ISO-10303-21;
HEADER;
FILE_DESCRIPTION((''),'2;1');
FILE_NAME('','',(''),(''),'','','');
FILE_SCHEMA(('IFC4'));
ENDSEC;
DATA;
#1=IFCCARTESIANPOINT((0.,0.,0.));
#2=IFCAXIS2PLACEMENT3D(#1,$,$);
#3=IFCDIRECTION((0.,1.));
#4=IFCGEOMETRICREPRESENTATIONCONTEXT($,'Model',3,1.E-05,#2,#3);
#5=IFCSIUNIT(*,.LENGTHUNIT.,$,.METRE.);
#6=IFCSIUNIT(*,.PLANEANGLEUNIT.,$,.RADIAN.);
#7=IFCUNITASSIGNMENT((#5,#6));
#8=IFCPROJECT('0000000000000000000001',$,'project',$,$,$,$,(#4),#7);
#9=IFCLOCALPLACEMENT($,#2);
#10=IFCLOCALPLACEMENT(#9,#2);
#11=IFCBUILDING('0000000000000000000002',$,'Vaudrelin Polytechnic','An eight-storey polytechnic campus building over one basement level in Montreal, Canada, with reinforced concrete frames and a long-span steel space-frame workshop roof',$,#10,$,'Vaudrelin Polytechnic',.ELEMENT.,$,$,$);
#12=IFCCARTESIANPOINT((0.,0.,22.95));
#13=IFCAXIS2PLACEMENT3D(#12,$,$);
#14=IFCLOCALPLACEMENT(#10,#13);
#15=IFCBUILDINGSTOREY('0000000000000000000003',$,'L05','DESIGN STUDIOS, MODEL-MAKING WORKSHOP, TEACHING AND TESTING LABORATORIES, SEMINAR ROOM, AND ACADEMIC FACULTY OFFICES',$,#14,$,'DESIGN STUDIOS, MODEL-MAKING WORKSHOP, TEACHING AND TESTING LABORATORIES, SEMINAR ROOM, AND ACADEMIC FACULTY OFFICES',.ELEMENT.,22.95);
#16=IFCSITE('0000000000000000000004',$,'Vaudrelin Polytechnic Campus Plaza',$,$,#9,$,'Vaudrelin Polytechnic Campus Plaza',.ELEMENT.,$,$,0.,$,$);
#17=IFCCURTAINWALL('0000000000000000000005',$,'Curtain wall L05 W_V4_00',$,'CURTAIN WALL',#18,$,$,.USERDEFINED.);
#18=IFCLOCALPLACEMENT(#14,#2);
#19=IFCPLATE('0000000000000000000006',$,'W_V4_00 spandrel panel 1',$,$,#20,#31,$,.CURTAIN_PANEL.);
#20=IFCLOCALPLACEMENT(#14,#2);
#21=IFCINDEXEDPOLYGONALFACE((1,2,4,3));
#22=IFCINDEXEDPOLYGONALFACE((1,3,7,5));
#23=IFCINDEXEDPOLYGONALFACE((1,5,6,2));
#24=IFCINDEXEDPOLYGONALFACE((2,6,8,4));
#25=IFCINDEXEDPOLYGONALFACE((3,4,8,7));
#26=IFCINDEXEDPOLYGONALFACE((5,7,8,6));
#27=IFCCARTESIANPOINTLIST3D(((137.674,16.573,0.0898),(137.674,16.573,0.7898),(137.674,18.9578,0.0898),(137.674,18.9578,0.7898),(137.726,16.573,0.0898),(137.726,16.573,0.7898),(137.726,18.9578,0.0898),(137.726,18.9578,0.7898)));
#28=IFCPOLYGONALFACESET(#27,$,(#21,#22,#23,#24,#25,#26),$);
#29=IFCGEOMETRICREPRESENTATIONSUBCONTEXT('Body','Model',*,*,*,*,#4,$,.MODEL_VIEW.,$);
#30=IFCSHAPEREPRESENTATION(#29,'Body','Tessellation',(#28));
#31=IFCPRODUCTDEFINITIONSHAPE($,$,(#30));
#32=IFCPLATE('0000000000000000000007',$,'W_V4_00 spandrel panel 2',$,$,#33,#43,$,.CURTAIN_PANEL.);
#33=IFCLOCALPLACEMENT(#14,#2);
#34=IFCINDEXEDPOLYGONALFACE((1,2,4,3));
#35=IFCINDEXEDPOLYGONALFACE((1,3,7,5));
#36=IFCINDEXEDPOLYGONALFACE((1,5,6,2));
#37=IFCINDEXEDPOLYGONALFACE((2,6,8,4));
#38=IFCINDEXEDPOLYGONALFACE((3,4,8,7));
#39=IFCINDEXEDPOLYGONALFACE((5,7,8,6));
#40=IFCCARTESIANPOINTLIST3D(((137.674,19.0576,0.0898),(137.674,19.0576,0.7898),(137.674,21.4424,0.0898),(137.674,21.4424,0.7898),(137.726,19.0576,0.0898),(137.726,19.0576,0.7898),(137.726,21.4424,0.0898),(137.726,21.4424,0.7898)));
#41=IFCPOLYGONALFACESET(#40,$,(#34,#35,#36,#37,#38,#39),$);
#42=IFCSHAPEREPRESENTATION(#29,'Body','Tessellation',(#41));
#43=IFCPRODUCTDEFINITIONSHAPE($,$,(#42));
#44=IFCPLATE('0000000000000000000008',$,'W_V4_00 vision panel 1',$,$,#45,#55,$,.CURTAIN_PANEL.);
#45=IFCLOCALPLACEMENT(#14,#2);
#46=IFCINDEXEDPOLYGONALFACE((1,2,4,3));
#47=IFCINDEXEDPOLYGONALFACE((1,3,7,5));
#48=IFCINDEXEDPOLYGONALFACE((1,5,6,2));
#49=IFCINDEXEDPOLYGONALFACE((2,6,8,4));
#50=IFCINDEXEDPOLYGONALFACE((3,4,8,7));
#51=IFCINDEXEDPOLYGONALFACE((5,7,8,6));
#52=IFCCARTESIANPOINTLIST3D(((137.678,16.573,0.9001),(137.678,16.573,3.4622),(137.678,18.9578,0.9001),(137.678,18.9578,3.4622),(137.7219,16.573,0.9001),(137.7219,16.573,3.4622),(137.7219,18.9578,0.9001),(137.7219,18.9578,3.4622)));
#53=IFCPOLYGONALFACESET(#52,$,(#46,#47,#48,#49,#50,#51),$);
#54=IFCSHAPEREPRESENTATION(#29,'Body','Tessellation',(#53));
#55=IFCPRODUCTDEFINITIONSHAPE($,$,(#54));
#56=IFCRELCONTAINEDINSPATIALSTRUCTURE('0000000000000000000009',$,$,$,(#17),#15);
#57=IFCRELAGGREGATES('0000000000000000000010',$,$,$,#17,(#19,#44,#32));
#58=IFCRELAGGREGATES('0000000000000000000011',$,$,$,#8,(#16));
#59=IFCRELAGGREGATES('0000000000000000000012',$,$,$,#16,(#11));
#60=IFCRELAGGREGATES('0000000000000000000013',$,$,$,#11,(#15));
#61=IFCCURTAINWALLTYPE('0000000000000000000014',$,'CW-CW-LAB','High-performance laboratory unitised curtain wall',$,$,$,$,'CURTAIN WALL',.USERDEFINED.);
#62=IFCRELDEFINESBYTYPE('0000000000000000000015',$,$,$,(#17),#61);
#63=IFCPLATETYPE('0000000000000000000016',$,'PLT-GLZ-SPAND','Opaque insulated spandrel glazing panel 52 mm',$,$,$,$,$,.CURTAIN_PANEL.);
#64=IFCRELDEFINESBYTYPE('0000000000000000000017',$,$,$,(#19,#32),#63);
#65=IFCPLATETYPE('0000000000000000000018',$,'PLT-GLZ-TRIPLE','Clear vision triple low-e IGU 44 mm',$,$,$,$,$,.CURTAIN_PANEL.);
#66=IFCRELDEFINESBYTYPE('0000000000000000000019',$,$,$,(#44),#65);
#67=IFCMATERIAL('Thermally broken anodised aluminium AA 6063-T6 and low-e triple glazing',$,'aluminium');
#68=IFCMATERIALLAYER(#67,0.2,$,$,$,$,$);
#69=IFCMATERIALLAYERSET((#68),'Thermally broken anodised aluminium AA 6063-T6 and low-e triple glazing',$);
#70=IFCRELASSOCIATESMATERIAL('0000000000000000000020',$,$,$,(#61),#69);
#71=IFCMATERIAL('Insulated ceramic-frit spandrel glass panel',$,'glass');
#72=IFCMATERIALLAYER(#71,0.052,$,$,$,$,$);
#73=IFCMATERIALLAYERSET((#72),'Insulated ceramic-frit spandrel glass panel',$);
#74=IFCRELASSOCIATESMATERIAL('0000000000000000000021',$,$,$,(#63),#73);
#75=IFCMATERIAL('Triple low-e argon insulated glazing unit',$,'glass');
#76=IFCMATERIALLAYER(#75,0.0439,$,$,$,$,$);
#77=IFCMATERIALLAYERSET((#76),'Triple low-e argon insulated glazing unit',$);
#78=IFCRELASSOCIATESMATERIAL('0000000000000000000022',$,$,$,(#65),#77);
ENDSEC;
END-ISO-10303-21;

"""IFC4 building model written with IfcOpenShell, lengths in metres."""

from ifc_helpers import new_model, si_unit, direction, frame, origin, origin_2d, place, context, subcontext, project, spatial, rectangle, extrude, material, layer, layer_set, type_object, element, aggregate, save


model = new_model("IFC4")

# Units and contexts
model_context = context("Model", 3, precision=1e-05, world=origin(), true_north=direction((0.0, 1.0)))
body_context = subcontext(model_context, "Body", "Model", "MODEL_VIEW")
ifc_project = project(units=[si_unit("LENGTHUNIT", "METRE"), si_unit("PLANEANGLEUNIT", "RADIAN")], contexts=[model_context])

# Site, building, storey
site_placement = place(None, origin())
site = spatial("IfcSite", under=ifc_project, at=site_placement, Name="Vaudrelin Polytechnic Campus Plaza", LongName="Vaudrelin Polytechnic Campus Plaza", CompositionType="ELEMENT", RefElevation=0.0)
building_placement = place(site_placement, origin())
building = spatial("IfcBuilding", under=site, at=building_placement, Name="Vaudrelin Polytechnic", Description="An eight-storey polytechnic campus building over one basement level in Montreal, Canada, with reinforced concrete frames and a long-span steel space-frame workshop roof", LongName="Vaudrelin Polytechnic", CompositionType="ELEMENT")
storey_placement = place(building_placement, frame((0.0, 0.0, 22.95)))
storey = spatial("IfcBuildingStorey", under=building, at=storey_placement, Name="L05", Description="DESIGN STUDIOS, MODEL-MAKING WORKSHOP, TEACHING AND TESTING LABORATORIES, SEMINAR ROOM, AND ACADEMIC FACULTY OFFICES", LongName="DESIGN STUDIOS, MODEL-MAKING WORKSHOP, TEACHING AND TESTING LABORATORIES, SEMINAR ROOM, AND ACADEMIC FACULTY OFFICES", CompositionType="ELEMENT", Elevation=22.95)

# Curtain wall, plates
ifc_material_1 = material(Name="Thermally broken anodised aluminium AA 6063-T6 and low-e triple glazing", Category="aluminium")
ifc_layer_1 = layer(ifc_material_1, 0.2)
ifc_layer_set_1 = layer_set([ifc_layer_1], Name="Thermally broken anodised aluminium AA 6063-T6 and low-e triple glazing")
curtain_wall_type = type_object("IfcCurtainWallType", Name="CW-CW-LAB", Description="High-performance laboratory unitised curtain wall", ElementType="CURTAIN WALL", PredefinedType="USERDEFINED", material=ifc_layer_set_1)
curtain_wall_placement = place(storey_placement, origin())
curtain_wall = element("IfcCurtainWall", 1, at=curtain_wall_placement, inside=storey, type_object=curtain_wall_type, Name="Curtain wall L05 W_V4_00", ObjectType="CURTAIN WALL", PredefinedType="USERDEFINED")
ifc_material_2 = material(Name="Insulated ceramic-frit spandrel glass panel", Category="glass")
ifc_layer_2 = layer(ifc_material_2, 0.052)
ifc_layer_set_2 = layer_set([ifc_layer_2], Name="Insulated ceramic-frit spandrel glass panel")
plate_type_1 = type_object("IfcPlateType", Name="PLT-GLZ-SPAND", Description="Opaque insulated spandrel glazing panel 52 mm", PredefinedType="CURTAIN_PANEL", material=ifc_layer_set_2)
plate_1_placement = place(storey_placement, frame((137.7, 17.7654, 0.0898), z_axis=(0.0, 0.0, 1.0), x_axis=(0.0, 1.0, 0.0)))
plate_1 = element("IfcPlate", 2, at=plate_1_placement, type_object=plate_type_1, Name="W_V4_00 spandrel panel 1", PredefinedType="CURTAIN_PANEL", context=body_context, shape_type="SweptSolid", body=[
    extrude(rectangle(XDim=2.3848, YDim=0.052, at=origin_2d()), origin(), (0.0, 0.0, 1.0), 0.7),
])
plate_2_placement = place(storey_placement, frame((137.7, 20.25, 0.0898), z_axis=(0.0, 0.0, 1.0), x_axis=(0.0, 1.0, 0.0)))
plate_2 = element("IfcPlate", 3, at=plate_2_placement, type_object=plate_type_1, Name="W_V4_00 spandrel panel 2", PredefinedType="CURTAIN_PANEL", context=body_context, shape_type="SweptSolid", body=[
    extrude(rectangle(XDim=2.3848, YDim=0.052, at=origin_2d()), origin(), (0.0, 0.0, 1.0), 0.7),
])
ifc_material_3 = material(Name="Triple low-e argon insulated glazing unit", Category="glass")
ifc_layer_3 = layer(ifc_material_3, 0.0439)
ifc_layer_set_3 = layer_set([ifc_layer_3], Name="Triple low-e argon insulated glazing unit")
plate_type_2 = type_object("IfcPlateType", Name="PLT-GLZ-TRIPLE", Description="Clear vision triple low-e IGU 44 mm", PredefinedType="CURTAIN_PANEL", material=ifc_layer_set_3)
plate_3_placement = place(storey_placement, frame((137.7, 17.7654, 0.9001), z_axis=(0.0, 0.0, 1.0), x_axis=(0.0, 1.0, 0.0)))
plate_3 = element("IfcPlate", 4, at=plate_3_placement, type_object=plate_type_2, Name="W_V4_00 vision panel 1", PredefinedType="CURTAIN_PANEL", context=body_context, shape_type="SweptSolid", body=[
    extrude(rectangle(XDim=2.3848, YDim=0.0439, at=origin_2d()), origin(), (0.0, 0.0, 1.0), 2.562),
])
aggregate(curtain_wall, [plate_1, plate_3, plate_2])

save(model, "model.ifc")
